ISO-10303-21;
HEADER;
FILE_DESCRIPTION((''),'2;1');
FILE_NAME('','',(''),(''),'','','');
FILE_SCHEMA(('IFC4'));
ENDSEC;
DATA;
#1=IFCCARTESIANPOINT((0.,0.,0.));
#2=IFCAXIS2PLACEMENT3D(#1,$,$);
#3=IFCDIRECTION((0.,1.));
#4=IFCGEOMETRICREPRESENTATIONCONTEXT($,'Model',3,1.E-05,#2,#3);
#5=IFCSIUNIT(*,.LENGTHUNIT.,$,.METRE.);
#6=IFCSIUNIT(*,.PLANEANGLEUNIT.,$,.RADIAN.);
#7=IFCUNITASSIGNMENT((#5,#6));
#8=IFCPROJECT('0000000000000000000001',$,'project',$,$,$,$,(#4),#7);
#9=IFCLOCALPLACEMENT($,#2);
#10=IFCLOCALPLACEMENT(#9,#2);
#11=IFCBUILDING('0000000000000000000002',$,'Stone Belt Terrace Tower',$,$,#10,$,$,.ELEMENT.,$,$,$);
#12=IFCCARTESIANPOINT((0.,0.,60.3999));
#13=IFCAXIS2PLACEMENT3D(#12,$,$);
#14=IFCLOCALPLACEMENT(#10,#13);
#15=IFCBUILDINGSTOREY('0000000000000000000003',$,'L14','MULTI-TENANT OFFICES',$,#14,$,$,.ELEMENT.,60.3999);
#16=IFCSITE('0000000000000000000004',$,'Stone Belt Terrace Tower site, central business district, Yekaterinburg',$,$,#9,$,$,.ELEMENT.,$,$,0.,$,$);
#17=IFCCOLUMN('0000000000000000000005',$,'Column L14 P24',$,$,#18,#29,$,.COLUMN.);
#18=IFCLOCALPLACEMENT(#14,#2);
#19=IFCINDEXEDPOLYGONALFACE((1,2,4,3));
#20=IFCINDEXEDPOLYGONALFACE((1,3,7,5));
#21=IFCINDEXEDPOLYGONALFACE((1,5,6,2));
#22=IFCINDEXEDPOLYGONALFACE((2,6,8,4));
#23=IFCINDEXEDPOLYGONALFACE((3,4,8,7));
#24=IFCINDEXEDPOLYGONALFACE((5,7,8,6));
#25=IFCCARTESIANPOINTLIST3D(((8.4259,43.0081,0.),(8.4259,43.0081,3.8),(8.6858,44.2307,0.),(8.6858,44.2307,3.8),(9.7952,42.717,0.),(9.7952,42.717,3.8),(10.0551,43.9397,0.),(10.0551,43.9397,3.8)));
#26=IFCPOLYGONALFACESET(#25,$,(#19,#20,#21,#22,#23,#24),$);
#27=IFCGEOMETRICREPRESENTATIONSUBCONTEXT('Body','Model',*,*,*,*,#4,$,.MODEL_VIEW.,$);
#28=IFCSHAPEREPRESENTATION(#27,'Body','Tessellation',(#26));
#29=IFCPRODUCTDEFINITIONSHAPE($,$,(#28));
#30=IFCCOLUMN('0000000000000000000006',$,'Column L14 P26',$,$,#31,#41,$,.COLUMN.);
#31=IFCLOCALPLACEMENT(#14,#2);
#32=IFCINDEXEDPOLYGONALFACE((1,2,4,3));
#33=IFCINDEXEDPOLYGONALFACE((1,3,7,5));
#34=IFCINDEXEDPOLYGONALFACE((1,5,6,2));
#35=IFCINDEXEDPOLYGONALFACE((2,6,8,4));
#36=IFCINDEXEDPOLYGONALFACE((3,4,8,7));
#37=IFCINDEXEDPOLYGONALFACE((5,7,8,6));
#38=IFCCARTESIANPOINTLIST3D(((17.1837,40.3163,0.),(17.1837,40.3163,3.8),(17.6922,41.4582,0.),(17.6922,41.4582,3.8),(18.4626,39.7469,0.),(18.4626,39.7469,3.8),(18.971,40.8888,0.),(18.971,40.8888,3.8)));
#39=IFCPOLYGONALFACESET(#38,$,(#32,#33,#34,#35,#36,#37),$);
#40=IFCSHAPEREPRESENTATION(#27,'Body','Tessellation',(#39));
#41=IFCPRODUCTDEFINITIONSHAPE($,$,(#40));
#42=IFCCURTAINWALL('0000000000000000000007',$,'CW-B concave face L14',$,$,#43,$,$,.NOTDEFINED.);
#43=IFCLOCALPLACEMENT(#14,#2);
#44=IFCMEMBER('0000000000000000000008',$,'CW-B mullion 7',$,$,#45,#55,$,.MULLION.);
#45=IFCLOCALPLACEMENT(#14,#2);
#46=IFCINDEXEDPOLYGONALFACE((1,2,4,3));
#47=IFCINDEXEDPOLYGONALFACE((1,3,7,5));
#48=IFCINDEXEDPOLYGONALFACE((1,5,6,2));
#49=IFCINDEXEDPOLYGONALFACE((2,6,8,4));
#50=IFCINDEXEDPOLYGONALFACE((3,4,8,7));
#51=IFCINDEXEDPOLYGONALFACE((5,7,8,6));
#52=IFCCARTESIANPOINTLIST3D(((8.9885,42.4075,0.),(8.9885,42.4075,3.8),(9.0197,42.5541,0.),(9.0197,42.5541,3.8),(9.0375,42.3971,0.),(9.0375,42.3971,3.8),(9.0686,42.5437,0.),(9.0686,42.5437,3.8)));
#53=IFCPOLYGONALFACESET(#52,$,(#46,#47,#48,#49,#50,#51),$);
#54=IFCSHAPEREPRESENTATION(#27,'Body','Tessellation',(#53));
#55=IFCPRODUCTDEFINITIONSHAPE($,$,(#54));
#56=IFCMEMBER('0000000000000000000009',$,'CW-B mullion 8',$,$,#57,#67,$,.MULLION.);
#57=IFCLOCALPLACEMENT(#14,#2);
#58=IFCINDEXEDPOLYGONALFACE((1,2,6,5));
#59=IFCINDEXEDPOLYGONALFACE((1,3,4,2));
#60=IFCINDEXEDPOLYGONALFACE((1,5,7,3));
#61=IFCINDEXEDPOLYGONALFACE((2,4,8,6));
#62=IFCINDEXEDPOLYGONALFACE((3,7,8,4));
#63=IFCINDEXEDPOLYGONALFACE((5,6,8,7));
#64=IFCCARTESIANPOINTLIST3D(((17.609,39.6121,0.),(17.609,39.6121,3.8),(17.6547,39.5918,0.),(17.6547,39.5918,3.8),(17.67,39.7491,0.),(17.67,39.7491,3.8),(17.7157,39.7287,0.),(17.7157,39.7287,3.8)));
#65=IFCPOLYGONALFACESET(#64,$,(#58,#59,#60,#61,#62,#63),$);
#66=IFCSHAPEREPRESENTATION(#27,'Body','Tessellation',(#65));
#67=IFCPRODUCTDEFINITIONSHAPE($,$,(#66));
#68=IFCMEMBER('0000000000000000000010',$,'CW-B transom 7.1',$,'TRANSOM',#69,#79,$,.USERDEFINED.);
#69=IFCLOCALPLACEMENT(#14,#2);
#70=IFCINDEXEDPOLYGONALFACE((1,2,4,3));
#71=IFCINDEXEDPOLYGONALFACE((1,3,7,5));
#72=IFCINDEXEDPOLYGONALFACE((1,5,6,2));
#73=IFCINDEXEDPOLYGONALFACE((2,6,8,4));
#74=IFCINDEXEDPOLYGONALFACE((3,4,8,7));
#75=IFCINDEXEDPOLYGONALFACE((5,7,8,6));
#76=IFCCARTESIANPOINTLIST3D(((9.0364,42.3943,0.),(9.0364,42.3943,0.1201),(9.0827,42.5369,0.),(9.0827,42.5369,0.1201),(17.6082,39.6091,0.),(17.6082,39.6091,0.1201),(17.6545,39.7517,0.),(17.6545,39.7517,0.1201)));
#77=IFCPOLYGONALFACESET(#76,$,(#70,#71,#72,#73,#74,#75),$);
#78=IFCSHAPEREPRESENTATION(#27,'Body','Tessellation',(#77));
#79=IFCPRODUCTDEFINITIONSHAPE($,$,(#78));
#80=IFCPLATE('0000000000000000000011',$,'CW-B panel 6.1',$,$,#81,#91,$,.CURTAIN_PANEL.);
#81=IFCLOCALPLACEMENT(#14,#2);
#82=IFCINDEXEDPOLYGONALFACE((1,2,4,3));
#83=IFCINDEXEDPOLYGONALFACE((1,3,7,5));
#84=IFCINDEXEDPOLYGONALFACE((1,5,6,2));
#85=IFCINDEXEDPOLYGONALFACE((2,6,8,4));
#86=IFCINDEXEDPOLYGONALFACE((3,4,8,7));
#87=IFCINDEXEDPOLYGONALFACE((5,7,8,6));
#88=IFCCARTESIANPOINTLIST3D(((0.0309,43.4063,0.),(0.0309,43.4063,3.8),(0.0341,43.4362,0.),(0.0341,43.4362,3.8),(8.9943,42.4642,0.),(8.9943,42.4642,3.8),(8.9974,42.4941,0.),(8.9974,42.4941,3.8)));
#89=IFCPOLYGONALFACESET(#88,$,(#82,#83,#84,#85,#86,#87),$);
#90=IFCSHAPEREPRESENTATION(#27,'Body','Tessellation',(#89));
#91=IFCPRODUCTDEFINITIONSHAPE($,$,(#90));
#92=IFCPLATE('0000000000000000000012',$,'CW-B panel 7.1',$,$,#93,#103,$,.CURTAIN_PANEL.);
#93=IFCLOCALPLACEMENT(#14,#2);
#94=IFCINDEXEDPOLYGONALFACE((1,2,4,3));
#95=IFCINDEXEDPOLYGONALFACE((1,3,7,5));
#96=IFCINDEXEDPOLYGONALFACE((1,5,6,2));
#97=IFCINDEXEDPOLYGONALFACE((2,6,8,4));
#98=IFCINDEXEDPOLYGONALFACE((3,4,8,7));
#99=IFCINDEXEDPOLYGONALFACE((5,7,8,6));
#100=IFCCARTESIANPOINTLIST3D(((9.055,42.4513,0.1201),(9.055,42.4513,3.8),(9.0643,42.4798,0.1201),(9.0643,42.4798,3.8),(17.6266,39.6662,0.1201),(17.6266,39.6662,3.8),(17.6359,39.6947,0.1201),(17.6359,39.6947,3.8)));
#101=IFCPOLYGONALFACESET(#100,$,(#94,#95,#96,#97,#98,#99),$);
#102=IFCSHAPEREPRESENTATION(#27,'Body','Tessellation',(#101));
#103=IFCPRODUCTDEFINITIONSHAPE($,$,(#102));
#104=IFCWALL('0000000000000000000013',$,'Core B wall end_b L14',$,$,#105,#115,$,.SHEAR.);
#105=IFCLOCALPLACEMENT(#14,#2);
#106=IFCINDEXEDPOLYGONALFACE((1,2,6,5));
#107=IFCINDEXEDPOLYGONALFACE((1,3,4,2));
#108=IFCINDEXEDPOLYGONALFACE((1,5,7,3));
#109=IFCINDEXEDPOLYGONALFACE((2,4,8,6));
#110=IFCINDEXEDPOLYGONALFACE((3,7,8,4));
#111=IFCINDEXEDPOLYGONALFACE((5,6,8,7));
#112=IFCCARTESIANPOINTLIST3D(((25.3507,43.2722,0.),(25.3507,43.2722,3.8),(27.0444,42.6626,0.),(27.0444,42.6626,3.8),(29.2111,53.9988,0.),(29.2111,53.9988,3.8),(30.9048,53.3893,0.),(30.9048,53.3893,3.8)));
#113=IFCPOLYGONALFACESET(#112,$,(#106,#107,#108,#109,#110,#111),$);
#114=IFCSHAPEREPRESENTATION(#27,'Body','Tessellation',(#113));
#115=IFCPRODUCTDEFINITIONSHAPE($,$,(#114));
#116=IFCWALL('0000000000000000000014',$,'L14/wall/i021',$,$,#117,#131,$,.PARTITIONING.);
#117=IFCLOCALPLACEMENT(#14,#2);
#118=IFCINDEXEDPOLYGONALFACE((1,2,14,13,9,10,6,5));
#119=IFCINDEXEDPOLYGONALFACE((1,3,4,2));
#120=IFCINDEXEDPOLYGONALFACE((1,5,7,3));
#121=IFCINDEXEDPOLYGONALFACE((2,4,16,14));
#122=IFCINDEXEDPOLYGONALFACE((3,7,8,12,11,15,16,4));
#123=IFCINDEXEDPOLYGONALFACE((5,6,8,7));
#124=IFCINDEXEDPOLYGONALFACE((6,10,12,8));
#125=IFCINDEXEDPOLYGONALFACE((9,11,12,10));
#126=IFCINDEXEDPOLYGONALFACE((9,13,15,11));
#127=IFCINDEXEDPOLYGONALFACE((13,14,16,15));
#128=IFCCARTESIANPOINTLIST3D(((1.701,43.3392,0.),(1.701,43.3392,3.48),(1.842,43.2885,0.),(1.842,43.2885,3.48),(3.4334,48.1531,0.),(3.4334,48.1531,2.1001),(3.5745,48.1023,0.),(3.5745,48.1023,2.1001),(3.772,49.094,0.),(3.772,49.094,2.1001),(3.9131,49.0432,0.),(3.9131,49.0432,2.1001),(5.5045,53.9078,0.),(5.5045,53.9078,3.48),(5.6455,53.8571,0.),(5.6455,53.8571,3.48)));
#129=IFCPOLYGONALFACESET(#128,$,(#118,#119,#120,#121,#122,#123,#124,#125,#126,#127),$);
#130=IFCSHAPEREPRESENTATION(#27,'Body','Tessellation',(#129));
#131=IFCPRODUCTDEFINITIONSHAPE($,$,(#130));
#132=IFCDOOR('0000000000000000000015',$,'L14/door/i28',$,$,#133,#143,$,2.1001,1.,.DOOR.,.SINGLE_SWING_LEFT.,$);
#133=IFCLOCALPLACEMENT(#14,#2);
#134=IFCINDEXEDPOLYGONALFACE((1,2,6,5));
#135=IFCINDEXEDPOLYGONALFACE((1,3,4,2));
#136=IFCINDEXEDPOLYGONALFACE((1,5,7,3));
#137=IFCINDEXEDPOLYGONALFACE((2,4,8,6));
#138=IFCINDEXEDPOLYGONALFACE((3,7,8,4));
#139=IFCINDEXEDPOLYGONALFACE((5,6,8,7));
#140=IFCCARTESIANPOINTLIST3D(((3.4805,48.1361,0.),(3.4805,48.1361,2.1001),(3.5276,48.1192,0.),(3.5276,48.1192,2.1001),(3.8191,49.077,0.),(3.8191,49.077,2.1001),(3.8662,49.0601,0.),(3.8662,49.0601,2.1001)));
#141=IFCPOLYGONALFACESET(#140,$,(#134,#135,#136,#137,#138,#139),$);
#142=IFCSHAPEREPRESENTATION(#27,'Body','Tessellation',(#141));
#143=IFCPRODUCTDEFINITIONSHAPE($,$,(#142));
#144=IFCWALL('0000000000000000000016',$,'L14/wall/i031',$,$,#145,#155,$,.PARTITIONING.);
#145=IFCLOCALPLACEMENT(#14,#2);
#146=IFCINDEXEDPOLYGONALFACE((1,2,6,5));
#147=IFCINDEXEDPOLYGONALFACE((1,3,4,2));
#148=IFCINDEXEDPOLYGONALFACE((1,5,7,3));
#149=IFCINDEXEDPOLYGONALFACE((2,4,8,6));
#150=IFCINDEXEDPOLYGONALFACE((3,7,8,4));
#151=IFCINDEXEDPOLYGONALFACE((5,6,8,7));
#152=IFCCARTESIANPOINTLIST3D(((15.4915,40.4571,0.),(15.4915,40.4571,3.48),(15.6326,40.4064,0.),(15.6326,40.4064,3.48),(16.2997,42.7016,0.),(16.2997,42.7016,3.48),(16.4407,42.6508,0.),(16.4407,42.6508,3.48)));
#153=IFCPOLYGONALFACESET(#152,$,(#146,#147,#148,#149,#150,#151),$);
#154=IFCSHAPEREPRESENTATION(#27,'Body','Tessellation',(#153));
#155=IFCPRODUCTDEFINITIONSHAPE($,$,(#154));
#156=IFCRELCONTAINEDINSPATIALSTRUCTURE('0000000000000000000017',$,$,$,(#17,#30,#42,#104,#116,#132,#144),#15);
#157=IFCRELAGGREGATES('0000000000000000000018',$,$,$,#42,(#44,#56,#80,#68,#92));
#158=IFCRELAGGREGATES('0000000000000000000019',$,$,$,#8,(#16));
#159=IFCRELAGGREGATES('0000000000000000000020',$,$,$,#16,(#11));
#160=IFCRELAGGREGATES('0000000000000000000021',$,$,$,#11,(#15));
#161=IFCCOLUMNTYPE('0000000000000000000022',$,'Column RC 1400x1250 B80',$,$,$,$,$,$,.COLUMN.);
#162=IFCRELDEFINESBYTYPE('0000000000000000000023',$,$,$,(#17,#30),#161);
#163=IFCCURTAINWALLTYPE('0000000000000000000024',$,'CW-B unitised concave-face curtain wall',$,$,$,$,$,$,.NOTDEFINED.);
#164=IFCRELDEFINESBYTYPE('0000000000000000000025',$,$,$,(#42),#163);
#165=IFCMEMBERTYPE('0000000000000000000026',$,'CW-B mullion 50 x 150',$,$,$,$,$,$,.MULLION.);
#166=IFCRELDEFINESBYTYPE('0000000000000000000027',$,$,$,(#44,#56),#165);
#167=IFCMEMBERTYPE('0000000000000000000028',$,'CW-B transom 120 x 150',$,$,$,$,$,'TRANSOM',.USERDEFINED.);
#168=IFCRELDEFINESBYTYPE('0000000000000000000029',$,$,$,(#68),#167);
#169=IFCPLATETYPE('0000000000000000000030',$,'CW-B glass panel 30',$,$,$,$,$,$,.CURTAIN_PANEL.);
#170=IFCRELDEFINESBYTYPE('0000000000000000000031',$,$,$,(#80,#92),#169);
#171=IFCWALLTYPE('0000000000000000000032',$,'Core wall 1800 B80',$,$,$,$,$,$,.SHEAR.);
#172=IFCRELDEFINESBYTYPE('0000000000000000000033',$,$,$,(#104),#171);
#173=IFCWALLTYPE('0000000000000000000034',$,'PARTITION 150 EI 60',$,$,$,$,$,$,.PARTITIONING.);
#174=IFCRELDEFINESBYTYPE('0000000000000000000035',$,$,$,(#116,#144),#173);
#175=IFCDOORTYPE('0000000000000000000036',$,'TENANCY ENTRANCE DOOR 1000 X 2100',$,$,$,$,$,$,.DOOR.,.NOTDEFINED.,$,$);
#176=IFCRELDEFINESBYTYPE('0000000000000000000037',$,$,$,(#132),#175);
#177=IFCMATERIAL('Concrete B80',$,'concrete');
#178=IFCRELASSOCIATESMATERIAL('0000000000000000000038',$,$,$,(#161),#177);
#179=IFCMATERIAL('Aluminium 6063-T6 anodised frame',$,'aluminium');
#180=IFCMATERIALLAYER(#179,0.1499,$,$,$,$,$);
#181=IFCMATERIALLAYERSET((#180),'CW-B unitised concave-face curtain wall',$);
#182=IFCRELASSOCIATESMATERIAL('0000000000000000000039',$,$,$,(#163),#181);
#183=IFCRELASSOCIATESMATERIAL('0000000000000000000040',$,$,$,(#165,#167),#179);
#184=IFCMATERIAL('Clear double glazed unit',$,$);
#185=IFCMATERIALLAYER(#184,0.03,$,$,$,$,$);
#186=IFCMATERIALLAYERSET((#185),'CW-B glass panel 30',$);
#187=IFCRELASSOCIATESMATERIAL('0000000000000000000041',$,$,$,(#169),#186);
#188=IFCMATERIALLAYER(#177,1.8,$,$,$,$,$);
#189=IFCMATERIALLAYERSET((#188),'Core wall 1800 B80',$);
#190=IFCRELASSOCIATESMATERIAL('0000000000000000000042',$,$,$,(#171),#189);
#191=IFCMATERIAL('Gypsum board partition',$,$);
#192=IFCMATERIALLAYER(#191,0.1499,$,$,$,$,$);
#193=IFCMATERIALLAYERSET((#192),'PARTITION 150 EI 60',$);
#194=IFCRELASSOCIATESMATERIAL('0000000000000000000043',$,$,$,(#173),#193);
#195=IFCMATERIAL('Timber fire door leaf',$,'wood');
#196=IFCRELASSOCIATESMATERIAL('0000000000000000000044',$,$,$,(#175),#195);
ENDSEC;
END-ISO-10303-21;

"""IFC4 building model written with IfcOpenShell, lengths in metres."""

from ifc_helpers import new_model, si_unit, direction, frame, frame_2d, origin, origin_2d, place, context, subcontext, project, spatial, rectangle, extrude, material, layer, layer_set, material_profile, profile_set, type_object, element, fill, aggregate, save


model = new_model("IFC4")

# Units and contexts
model_context = context("Model", 3, precision=1e-05, world=origin(), true_north=direction((0.0, 1.0)))
body_context = subcontext(model_context, "Body", "Model", "MODEL_VIEW")
ifc_project = project(units=[si_unit("LENGTHUNIT", "METRE"), si_unit("PLANEANGLEUNIT", "RADIAN")], contexts=[model_context])

# Site, building, storey
site_placement = place(None, origin())
site = spatial("IfcSite", under=ifc_project, at=site_placement, Name="Stone Belt Terrace Tower site, central business district, Yekaterinburg", CompositionType="ELEMENT", RefElevation=0.0)
building_placement = place(site_placement, origin())
building = spatial("IfcBuilding", under=site, at=building_placement, Name="Stone Belt Terrace Tower", CompositionType="ELEMENT")
storey_placement = place(building_placement, frame((0.0, 0.0, 60.3999)))
storey = spatial("IfcBuildingStorey", under=building, at=storey_placement, Name="L14", Description="MULTI-TENANT OFFICES", CompositionType="ELEMENT", Elevation=60.3999)

# Columns
ifc_material_1 = material(Name="Concrete B80", Category="concrete")
ifc_material_profile_1 = material_profile(ifc_material_1, rectangle(XDim=1.3999, YDim=1.25, at=origin_2d()), Name="RC 1400x1250")
ifc_profile_set_1 = profile_set([ifc_material_profile_1], Name="Concrete B80")
column_type = type_object("IfcColumnType", Name="Column RC 1400x1250 B80", PredefinedType="COLUMN", material=ifc_profile_set_1)
for number, where, z_axis, x_axis, name in (
    (1, (9.2405, 43.4739, 0.0), (0.0, 0.0, 1.0), (0.978148, -0.207912, 0.0), "Column L14 P24"),
    (2, (18.0774, 40.6025, 0.0), (0.0, 0.0, 1.0), (0.913545, -0.406737, 0.0), "Column L14 P26"),
):
    element("IfcColumn", number, at=place(storey_placement, frame(where, z_axis=z_axis, x_axis=x_axis)), inside=storey, type_object=column_type, Name=name, PredefinedType="COLUMN", context=body_context, shape_type="SweptSolid", body=[
        extrude(rectangle(XDim=1.3999, YDim=1.25, at=origin_2d()), origin(), (0.0, 0.0, 1.0), 3.8),
    ])

# Curtain wall, members, plates
ifc_material_2 = material(Name="Aluminium 6063-T6 anodised frame", Category="aluminium")
ifc_layer_1 = layer(ifc_material_2, 0.1499)
ifc_layer_set_1 = layer_set([ifc_layer_1], Name="CW-B unitised concave-face curtain wall")
curtain_wall_type = type_object("IfcCurtainWallType", Name="CW-B unitised concave-face curtain wall", PredefinedType="NOTDEFINED", material=ifc_layer_set_1)
curtain_wall_placement = place(storey_placement, origin())
curtain_wall = element("IfcCurtainWall", 3, at=curtain_wall_placement, inside=storey, type_object=curtain_wall_type, Name="CW-B concave face L14", PredefinedType="NOTDEFINED")
ifc_material_profile_2 = material_profile(ifc_material_2, rectangle(XDim=0.1499, YDim=0.05, at=origin_2d()), Name="Aluminium 6063-T6 50x150")
ifc_profile_set_2 = profile_set([ifc_material_profile_2], Name="Aluminium 6063-T6 anodised frame")
member_type_1 = type_object("IfcMemberType", Name="CW-B mullion 50 x 150", PredefinedType="MULLION", material=ifc_profile_set_2)
member_1_placement = place(storey_placement, frame((9.0286, 42.4756, 0.0), z_axis=(0.0, 0.0, 1.0), x_axis=(0.207912, 0.978148, 0.0)))
member_1 = element("IfcMember", 4, at=member_1_placement, type_object=member_type_1, Name="CW-B mullion 7", PredefinedType="MULLION", context=body_context, shape_type="SweptSolid", body=[
    extrude(rectangle(XDim=0.1499, YDim=0.05, at=origin_2d()), origin(), (0.0, 0.0, 1.0), 3.8),
])
member_2_placement = place(storey_placement, frame((17.6624, 39.6704, 0.0), z_axis=(0.0, 0.0, 1.0), x_axis=(0.406737, 0.913545, 0.0)))
member_2 = element("IfcMember", 5, at=member_2_placement, type_object=member_type_1, Name="CW-B mullion 8", PredefinedType="MULLION", context=body_context, shape_type="SweptSolid", body=[
    extrude(rectangle(XDim=0.1499, YDim=0.05, at=origin_2d()), origin(), (0.0, 0.0, 1.0), 3.8),
])
ifc_material_profile_3 = material_profile(ifc_material_2, rectangle(XDim=0.1499, YDim=0.1201, at=origin_2d()), Name="Aluminium 6063-T6 150x120")
ifc_profile_set_3 = profile_set([ifc_material_profile_3], Name="Aluminium 6063-T6 anodised frame")
member_type_2 = type_object("IfcMemberType", Name="CW-B transom 120 x 150", ElementType="TRANSOM", PredefinedType="USERDEFINED", material=ifc_profile_set_3)
member_3_placement = place(storey_placement, frame((9.0596, 42.4656, 0.0601), z_axis=(0.951056, -0.309019, 0.0), x_axis=(0.309019, 0.951056, 0.0)))
member_3 = element("IfcMember", 6, at=member_3_placement, type_object=member_type_2, Name="CW-B transom 7.1", ObjectType="TRANSOM", PredefinedType="USERDEFINED", context=body_context, shape_type="SweptSolid", body=[
    extrude(rectangle(XDim=0.1499, YDim=0.1201, at=origin_2d()), origin(), (0.0, 0.0, 1.0), 9.0129),
])
ifc_material_3 = material(Name="Clear double glazed unit")
ifc_layer_2 = layer(ifc_material_3, 0.03)
ifc_layer_set_2 = layer_set([ifc_layer_2], Name="CW-B glass panel 30")
plate_type = type_object("IfcPlateType", Name="CW-B glass panel 30", PredefinedType="CURTAIN_PANEL", material=ifc_layer_set_2)
plate_1_placement = place(storey_placement, frame((4.5142, 42.9502, 0.0), z_axis=(0.0, 0.0, 1.0), x_axis=(0.994522, -0.104528, 0.0)))
plate_1 = element("IfcPlate", 7, at=plate_1_placement, type_object=plate_type, Name="CW-B panel 6.1", PredefinedType="CURTAIN_PANEL", context=body_context, shape_type="SweptSolid", body=[
    extrude(rectangle(XDim=9.0127, YDim=0.03, at=origin_2d()), origin(), (0.0, 0.0, 1.0), 3.8),
])
plate_2_placement = place(storey_placement, frame((13.3455, 41.073, 0.1201), z_axis=(0.0, 0.0, 1.0), x_axis=(0.951057, -0.309017, 0.0)))
plate_2 = element("IfcPlate", 8, at=plate_2_placement, type_object=plate_type, Name="CW-B panel 7.1", PredefinedType="CURTAIN_PANEL", context=body_context, shape_type="SweptSolid", body=[
    extrude(rectangle(XDim=9.0127, YDim=0.03, at=origin_2d()), origin(), (0.0, 0.0, 1.0), 3.6799),
])
aggregate(curtain_wall, [member_1, member_2, plate_1, member_3, plate_2])

# Wall
ifc_layer_3 = layer(ifc_material_1, 1.8)
ifc_layer_set_3 = layer_set([ifc_layer_3], Name="Core wall 1800 B80")
wall_type_1 = type_object("IfcWallType", Name="Core wall 1800 B80", PredefinedType="SHEAR", material=ifc_layer_set_3)
wall_1_placement = place(storey_placement, frame((26.1975, 42.9673, 0.0), z_axis=(0.0, 0.0, 1.0), x_axis=(0.338625, 0.940921, 0.0)))
element("IfcWall", 9, at=wall_1_placement, inside=storey, type_object=wall_type_1, Name="Core B wall end_b L14", PredefinedType="SHEAR", context=body_context, shape_type="SweptSolid", body=[
    extrude(rectangle(XDim=11.4001, YDim=1.8, at=frame_2d((5.7002, 0.0))), origin(), (0.0, 0.0, 1.0), 3.8),
])

# Wall, opening, door
ifc_material_4 = material(Name="Gypsum board partition")
ifc_layer_4 = layer(ifc_material_4, 0.1499)
ifc_layer_set_4 = layer_set([ifc_layer_4], Name="PARTITION 150 EI 60")
wall_type_2 = type_object("IfcWallType", Name="PARTITION 150 EI 60", PredefinedType="PARTITIONING", material=ifc_layer_set_4)
wall_2_placement = place(storey_placement, frame((1.7715, 43.3137, 0.0), z_axis=(0.0, 0.0, 1.0), x_axis=(0.338622, 0.940922, 0.0)))
wall_2 = element("IfcWall", 10, at=wall_2_placement, inside=storey, type_object=wall_type_2, Name="L14/wall/i021", PredefinedType="PARTITIONING", context=body_context, shape_type="SweptSolid", body=[
    extrude(rectangle(XDim=11.2322, YDim=0.1499, at=frame_2d((5.6162, 0.0))), origin(), (0.0, 0.0, 1.0), 3.48),
])
opening_1_placement = place(wall_2_placement, frame((5.1162, 0.0, 0.0)))
opening_1 = element("IfcOpeningElement", 11, at=opening_1_placement, cuts=wall_2, PredefinedType="OPENING", context=body_context, shape_type="SweptSolid", body=[
    extrude(rectangle(XDim=1.0, YDim=2.1001, at=frame_2d((0.5, 1.05))), frame((0.0, 0.085, 0.0), z_axis=(0.0, -1.0, 0.0), x_axis=(1.0, 0.0, 0.0)), (0.0, 0.0, 1.0), 0.1699),
])
ifc_material_5 = material(Name="Timber fire door leaf", Category="wood")
door_type_1 = type_object("IfcDoorType", Name="TENANCY ENTRANCE DOOR 1000 X 2100", OperationType="NOTDEFINED", PredefinedType="DOOR", material=ifc_material_5)
door_1_placement = place(opening_1_placement, origin())
door_1 = element("IfcDoor", 12, at=door_1_placement, inside=storey, type_object=door_type_1, Name="L14/door/i28", OperationType="SINGLE_SWING_LEFT", OverallHeight=2.1001, OverallWidth=1.0, PredefinedType="DOOR", context=body_context, shape_type="SweptSolid", body=[
    extrude(rectangle(XDim=1.0, YDim=2.1001, at=frame_2d((0.5, 1.05))), frame((0.0, 0.0249, 0.0), z_axis=(0.0, -1.0, 0.0), x_axis=(1.0, 0.0, 0.0)), (0.0, 0.0, 1.0), 0.05),
])
fill(opening_1, door_1)

# Wall
wall_3_placement = place(storey_placement, frame((15.562, 40.4316, 0.0), z_axis=(0.0, 0.0, 1.0), x_axis=(0.338767, 0.94087, 0.0)))
element("IfcWall", 13, at=wall_3_placement, inside=storey, type_object=wall_type_2, Name="L14/wall/i031", PredefinedType="PARTITIONING", context=body_context, shape_type="SweptSolid", body=[
    extrude(rectangle(XDim=2.3855, YDim=0.1499, at=frame_2d((1.1929, 0.0))), origin(), (0.0, 0.0, 1.0), 3.48),
])

save(model, "model.ifc")
